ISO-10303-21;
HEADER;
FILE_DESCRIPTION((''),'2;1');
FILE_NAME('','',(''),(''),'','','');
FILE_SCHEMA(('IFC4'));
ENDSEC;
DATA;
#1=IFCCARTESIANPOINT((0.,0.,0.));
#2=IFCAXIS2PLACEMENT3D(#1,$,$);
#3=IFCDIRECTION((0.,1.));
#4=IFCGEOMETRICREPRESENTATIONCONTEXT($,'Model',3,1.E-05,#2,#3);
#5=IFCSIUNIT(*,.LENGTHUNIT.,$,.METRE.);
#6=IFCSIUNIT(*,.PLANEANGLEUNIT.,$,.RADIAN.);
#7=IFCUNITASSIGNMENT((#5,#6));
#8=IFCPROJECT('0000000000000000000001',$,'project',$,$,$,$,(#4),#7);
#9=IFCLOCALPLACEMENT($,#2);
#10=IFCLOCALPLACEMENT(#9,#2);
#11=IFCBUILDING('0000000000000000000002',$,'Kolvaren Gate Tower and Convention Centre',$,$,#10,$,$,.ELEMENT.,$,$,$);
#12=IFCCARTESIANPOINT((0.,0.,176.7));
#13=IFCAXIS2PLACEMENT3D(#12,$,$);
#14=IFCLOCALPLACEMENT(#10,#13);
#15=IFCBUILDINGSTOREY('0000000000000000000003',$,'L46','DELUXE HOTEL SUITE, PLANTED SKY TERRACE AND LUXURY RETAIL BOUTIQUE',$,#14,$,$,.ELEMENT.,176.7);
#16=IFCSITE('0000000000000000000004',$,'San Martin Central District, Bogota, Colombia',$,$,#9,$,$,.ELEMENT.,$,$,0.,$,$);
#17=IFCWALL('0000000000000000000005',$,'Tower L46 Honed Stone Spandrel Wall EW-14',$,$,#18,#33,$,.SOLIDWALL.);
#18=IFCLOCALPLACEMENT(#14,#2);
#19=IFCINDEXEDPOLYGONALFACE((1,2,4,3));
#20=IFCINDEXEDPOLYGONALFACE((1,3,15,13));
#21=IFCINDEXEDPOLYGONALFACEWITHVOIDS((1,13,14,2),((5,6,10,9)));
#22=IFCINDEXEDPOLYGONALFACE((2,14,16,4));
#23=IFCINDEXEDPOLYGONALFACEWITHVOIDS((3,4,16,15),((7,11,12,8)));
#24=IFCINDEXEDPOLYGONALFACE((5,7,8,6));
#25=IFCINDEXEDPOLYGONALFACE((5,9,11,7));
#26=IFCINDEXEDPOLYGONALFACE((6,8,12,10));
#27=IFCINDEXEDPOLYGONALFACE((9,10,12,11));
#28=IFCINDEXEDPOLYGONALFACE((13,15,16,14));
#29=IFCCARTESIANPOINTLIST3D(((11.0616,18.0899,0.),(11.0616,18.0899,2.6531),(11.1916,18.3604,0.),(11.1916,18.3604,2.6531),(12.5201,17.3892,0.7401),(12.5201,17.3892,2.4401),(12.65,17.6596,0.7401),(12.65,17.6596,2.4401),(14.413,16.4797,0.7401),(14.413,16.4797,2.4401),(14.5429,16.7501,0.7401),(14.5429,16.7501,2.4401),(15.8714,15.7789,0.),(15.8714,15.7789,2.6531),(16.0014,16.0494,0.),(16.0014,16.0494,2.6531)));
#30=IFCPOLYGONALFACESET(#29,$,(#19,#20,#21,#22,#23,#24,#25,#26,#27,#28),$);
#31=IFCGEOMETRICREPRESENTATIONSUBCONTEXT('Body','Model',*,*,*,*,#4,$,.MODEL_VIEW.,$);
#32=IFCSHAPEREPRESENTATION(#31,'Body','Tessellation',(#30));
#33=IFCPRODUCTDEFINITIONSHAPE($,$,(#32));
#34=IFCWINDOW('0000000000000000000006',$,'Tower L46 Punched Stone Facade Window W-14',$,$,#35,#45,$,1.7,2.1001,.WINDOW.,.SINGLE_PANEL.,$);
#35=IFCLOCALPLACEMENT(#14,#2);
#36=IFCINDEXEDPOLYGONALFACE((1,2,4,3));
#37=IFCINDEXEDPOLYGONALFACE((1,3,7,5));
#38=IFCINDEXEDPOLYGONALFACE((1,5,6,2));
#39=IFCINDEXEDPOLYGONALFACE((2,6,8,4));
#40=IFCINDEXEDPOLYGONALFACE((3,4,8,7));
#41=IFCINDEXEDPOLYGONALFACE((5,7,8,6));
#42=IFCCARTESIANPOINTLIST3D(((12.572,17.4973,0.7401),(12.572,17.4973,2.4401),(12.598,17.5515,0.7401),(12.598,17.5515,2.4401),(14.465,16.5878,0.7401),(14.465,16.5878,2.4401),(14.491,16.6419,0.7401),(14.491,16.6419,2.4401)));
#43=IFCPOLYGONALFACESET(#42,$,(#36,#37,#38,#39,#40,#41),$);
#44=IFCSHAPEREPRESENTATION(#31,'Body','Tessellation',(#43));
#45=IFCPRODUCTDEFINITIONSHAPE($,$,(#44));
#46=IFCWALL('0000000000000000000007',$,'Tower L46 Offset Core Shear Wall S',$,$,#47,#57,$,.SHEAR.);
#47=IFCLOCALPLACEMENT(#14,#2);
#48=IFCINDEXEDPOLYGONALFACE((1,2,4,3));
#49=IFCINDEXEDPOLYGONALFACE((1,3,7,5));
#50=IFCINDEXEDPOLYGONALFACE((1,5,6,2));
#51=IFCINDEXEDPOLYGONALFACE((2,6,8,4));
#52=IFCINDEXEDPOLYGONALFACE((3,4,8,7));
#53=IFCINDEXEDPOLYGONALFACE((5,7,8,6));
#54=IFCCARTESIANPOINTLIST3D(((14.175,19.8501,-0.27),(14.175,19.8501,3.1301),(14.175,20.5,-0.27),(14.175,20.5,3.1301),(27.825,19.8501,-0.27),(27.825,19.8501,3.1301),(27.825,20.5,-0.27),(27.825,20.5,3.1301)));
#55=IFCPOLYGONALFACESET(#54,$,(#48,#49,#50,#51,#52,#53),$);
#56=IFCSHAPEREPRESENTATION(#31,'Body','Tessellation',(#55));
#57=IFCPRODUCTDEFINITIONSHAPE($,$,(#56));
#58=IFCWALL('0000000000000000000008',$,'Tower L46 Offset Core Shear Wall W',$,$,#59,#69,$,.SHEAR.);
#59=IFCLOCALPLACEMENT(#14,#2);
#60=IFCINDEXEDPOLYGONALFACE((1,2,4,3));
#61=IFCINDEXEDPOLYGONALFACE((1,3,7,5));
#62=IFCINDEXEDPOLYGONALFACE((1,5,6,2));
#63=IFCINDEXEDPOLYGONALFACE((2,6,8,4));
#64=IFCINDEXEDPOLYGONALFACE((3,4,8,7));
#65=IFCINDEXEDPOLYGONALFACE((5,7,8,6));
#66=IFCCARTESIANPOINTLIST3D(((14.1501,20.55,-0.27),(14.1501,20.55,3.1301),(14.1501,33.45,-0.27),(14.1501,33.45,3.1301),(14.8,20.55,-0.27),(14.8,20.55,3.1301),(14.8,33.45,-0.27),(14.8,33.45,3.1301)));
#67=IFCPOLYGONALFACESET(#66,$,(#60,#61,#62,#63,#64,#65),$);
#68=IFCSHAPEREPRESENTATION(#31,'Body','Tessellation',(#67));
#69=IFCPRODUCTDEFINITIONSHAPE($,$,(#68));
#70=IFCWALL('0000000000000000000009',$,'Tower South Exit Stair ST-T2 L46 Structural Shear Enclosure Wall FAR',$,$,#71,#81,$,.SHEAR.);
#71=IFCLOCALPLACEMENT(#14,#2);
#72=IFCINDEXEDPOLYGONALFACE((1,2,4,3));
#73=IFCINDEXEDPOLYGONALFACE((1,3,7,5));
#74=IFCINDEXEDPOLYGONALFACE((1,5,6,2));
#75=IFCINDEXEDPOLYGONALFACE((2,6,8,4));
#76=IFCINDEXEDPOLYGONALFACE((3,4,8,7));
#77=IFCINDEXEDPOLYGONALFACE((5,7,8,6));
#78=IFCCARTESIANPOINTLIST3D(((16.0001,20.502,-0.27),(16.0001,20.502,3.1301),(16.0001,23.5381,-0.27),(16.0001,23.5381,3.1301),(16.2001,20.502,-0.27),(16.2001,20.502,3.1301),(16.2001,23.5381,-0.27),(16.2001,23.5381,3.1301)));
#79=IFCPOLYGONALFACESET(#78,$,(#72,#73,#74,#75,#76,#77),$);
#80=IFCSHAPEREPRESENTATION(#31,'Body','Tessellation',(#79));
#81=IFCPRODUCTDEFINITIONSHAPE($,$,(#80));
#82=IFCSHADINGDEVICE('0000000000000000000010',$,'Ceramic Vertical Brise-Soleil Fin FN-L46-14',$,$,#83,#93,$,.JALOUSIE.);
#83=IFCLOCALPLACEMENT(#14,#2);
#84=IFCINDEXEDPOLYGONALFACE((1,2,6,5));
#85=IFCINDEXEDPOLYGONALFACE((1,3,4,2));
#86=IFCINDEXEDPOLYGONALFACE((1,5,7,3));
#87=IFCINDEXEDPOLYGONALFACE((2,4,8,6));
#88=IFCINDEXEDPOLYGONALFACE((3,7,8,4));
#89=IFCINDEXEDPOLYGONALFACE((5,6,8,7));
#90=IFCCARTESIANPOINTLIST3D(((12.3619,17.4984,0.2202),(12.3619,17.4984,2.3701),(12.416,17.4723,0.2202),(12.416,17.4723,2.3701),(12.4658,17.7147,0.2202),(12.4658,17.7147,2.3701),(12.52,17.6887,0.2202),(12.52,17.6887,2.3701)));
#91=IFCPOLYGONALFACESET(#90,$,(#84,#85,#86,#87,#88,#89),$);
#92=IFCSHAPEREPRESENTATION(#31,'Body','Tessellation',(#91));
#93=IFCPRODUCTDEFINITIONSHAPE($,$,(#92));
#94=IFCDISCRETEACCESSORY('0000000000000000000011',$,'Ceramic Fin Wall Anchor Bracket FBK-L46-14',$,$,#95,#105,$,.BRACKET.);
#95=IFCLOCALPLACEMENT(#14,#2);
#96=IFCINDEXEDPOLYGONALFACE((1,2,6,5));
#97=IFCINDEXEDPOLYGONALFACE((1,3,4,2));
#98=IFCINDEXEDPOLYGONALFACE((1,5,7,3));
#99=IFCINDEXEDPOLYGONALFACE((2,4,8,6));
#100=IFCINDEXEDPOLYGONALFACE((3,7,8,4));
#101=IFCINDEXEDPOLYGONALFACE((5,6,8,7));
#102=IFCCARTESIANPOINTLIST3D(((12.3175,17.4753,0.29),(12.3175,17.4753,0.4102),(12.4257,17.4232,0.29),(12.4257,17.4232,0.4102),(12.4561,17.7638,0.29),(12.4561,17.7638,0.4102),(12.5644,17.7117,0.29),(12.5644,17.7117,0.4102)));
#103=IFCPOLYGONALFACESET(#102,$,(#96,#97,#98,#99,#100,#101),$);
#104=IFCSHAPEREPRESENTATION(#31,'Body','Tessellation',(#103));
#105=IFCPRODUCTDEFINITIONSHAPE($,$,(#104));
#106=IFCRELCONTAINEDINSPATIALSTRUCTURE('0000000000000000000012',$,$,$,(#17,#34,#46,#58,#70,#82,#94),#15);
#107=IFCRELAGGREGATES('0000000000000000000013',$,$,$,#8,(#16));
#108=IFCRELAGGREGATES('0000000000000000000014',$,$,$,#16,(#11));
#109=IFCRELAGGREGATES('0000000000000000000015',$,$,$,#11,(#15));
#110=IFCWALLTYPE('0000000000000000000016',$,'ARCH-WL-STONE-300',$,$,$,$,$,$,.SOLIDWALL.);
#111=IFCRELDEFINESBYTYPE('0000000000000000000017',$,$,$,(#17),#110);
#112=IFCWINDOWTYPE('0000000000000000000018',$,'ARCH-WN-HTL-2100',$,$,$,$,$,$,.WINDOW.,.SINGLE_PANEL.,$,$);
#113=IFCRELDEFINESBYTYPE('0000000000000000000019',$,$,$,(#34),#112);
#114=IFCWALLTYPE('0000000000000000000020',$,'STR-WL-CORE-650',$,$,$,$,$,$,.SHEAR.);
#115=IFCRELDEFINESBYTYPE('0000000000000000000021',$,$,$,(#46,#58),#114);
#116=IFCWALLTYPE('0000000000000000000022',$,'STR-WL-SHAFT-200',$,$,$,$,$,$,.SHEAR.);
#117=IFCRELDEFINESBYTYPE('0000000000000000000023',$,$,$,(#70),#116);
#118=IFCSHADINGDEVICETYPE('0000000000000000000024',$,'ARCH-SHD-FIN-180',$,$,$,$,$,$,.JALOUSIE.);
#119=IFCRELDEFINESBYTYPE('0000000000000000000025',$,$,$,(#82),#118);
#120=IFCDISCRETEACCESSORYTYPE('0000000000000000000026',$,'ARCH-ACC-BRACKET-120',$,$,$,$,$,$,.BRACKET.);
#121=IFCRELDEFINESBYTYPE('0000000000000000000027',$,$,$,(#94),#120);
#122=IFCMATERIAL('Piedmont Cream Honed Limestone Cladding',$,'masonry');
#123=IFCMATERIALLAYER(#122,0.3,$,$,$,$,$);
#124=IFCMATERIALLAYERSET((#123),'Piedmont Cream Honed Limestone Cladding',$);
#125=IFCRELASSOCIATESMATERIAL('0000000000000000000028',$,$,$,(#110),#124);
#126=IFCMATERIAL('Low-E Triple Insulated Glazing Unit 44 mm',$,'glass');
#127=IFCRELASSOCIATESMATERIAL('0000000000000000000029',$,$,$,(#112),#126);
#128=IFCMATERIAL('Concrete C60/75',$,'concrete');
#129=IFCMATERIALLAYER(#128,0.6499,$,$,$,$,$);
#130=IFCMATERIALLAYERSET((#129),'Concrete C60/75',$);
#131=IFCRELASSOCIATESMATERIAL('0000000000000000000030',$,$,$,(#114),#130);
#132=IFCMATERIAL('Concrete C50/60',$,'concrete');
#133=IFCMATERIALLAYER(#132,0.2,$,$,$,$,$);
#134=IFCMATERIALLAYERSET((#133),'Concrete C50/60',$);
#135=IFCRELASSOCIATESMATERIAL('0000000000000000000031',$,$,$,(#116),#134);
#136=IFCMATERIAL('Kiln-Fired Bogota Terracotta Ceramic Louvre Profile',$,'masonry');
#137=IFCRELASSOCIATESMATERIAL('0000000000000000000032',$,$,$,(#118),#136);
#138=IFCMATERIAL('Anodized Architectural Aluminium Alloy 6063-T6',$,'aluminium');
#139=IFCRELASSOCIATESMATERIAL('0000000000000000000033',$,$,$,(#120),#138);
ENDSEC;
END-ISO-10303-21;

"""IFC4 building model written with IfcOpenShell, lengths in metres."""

from ifc_helpers import new_model, si_unit, direction, frame, frame_2d, origin, origin_2d, place, context, subcontext, project, spatial, rectangle, extrude, material, layer, layer_set, type_object, element, fill, save


model = new_model("IFC4")

# Units and contexts
model_context = context("Model", 3, precision=1e-05, world=origin(), true_north=direction((0.0, 1.0)))
body_context = subcontext(model_context, "Body", "Model", "MODEL_VIEW")
ifc_project = project(units=[si_unit("LENGTHUNIT", "METRE"), si_unit("PLANEANGLEUNIT", "RADIAN")], contexts=[model_context])

# Site, building, storey
site_placement = place(None, origin())
site = spatial("IfcSite", under=ifc_project, at=site_placement, Name="San Martin Central District, Bogota, Colombia", CompositionType="ELEMENT", RefElevation=0.0)
building_placement = place(site_placement, origin())
building = spatial("IfcBuilding", under=site, at=building_placement, Name="Kolvaren Gate Tower and Convention Centre", CompositionType="ELEMENT")
storey_placement = place(building_placement, frame((0.0, 0.0, 176.7)))
storey = spatial("IfcBuildingStorey", under=building, at=storey_placement, Name="L46", Description="DELUXE HOTEL SUITE, PLANTED SKY TERRACE AND LUXURY RETAIL BOUTIQUE", CompositionType="ELEMENT", Elevation=176.7)

# Shared definitions
ifc_material_1 = material(Name="Concrete C60/75", Category="concrete")

# Shared definitions
ifc_material_2 = material(Name="Anodized Architectural Aluminium Alloy 6063-T6", Category="aluminium")

# Shared definitions
ifc_material_3 = material(Name="Low-E Triple Insulated Glazing Unit 44 mm", Category="glass")

# Shared definitions
ifc_material_4 = material(Name="Piedmont Cream Honed Limestone Cladding", Category="masonry")

# Shared definitions
ifc_layer_1 = layer(ifc_material_4, 0.3)
ifc_layer_set_1 = layer_set([ifc_layer_1], Name="Piedmont Cream Honed Limestone Cladding")
wall_type_1 = type_object("IfcWallType", Name="ARCH-WL-STONE-300", PredefinedType="SOLIDWALL", material=ifc_layer_set_1)

# Wall, opening, window
wall_1_placement = place(storey_placement, frame((11.1267, 18.2251, 0.0), z_axis=(0.0, 0.0, 1.0), x_axis=(0.901353, -0.433085, 0.0)))
wall_1 = element("IfcWall", 1, at=wall_1_placement, inside=storey, type_object=wall_type_1, Name="Tower L46 Honed Stone Spandrel Wall EW-14", PredefinedType="SOLIDWALL", context=body_context, shape_type="SweptSolid", body=[
    extrude(rectangle(XDim=5.3362, YDim=0.3, at=frame_2d((2.668, 0.0))), origin(), (0.0, 0.0, 1.0), 2.6531),
])
opening_1_placement = place(wall_1_placement, frame((1.6179, 0.0, 0.74)))
opening_1 = element("IfcOpeningElement", 2, at=opening_1_placement, cuts=wall_1, PredefinedType="OPENING", context=body_context, shape_type="SweptSolid", body=[
    extrude(rectangle(XDim=2.1001, YDim=1.7, at=frame_2d((1.05, 0.8501))), frame((0.0, 0.1599, 0.0), z_axis=(0.0, -1.0, 0.0), x_axis=(1.0, 0.0, 0.0)), (0.0, 0.0, 1.0), 0.3201),
])
window_type = type_object("IfcWindowType", Name="ARCH-WN-HTL-2100", PartitioningType="SINGLE_PANEL", PredefinedType="WINDOW", material=ifc_material_3)
window_placement = place(opening_1_placement, origin())
window = element("IfcWindow", 3, at=window_placement, inside=storey, type_object=window_type, Name="Tower L46 Punched Stone Facade Window W-14", OverallHeight=1.7, OverallWidth=2.1001, PartitioningType="SINGLE_PANEL", PredefinedType="WINDOW", context=body_context, shape_type="SweptSolid", body=[
    extrude(rectangle(XDim=2.1001, YDim=1.7, at=frame_2d((1.05, 0.8501))), frame((0.0, 0.03, 0.0), z_axis=(0.0, -1.0, 0.0), x_axis=(1.0, 0.0, 0.0)), (0.0, 0.0, 1.0), 0.0601),
])
fill(opening_1, window)

# Walls
ifc_layer_2 = layer(ifc_material_1, 0.6499)
ifc_layer_set_2 = layer_set([ifc_layer_2], Name="Concrete C60/75")
wall_type_2 = type_object("IfcWallType", Name="STR-WL-CORE-650", PredefinedType="SHEAR", material=ifc_layer_set_2)
wall_2_placement = place(storey_placement, frame((14.175, 20.175, -0.27), z_axis=(0.0, 0.0, 1.0), x_axis=(1.0, 0.0, 0.0)))
element("IfcWall", 4, at=wall_2_placement, inside=storey, type_object=wall_type_2, Name="Tower L46 Offset Core Shear Wall S", PredefinedType="SHEAR", context=body_context, shape_type="SweptSolid", body=[
    extrude(rectangle(XDim=13.6499, YDim=0.6499, at=frame_2d((6.825, 0.0))), origin(), (0.0, 0.0, 1.0), 3.4001),
])
wall_3_placement = place(storey_placement, frame((14.4751, 20.55, -0.27), z_axis=(0.0, 0.0, 1.0), x_axis=(0.0, 1.0, 0.0)))
element("IfcWall", 5, at=wall_3_placement, inside=storey, type_object=wall_type_2, Name="Tower L46 Offset Core Shear Wall W", PredefinedType="SHEAR", context=body_context, shape_type="SweptSolid", body=[
    extrude(rectangle(XDim=12.8999, YDim=0.6499, at=frame_2d((6.45, 0.0))), origin(), (0.0, 0.0, 1.0), 3.4001),
])
ifc_material_5 = material(Name="Concrete C50/60", Category="concrete")
ifc_layer_3 = layer(ifc_material_5, 0.2)
ifc_layer_set_3 = layer_set([ifc_layer_3], Name="Concrete C50/60")
wall_type_3 = type_object("IfcWallType", Name="STR-WL-SHAFT-200", PredefinedType="SHEAR", material=ifc_layer_set_3)
wall_4_placement = place(storey_placement, frame((16.1001, 20.502, -0.27), z_axis=(0.0, 0.0, 1.0), x_axis=(0.0, 1.0, 0.0)))
element("IfcWall", 6, at=wall_4_placement, inside=storey, type_object=wall_type_3, Name="Tower South Exit Stair ST-T2 L46 Structural Shear Enclosure Wall FAR", PredefinedType="SHEAR", context=body_context, shape_type="SweptSolid", body=[
    extrude(rectangle(XDim=3.0361, YDim=0.2, at=frame_2d((1.5181, 0.0))), origin(), (0.0, 0.0, 1.0), 3.4001),
])

# Shading device
ifc_material_6 = material(Name="Kiln-Fired Bogota Terracotta Ceramic Louvre Profile", Category="masonry")
shading_device_type = type_object("IfcShadingDeviceType", Name="ARCH-SHD-FIN-180", PredefinedType="JALOUSIE", material=ifc_material_6)
shading_device_placement = place(storey_placement, frame((12.4409, 17.5935, 0.2202), z_axis=(0.0, 0.0, 1.0), x_axis=(0.901358, -0.433074, 0.0)))
element("IfcShadingDevice", 7, at=shading_device_placement, inside=storey, type_object=shading_device_type, Name="Ceramic Vertical Brise-Soleil Fin FN-L46-14", PredefinedType="JALOUSIE", context=body_context, shape_type="SweptSolid", body=[
    extrude(rectangle(XDim=0.0601, YDim=0.24, at=origin_2d()), origin(), (0.0, 0.0, 1.0), 2.1499),
])

# Discrete accessory
discrete_accessory_type = type_object("IfcDiscreteAccessoryType", Name="ARCH-ACC-BRACKET-120", PredefinedType="BRACKET", material=ifc_material_2)
discrete_accessory_placement = place(storey_placement, frame((12.4409, 17.5935, 0.29), z_axis=(0.0, 0.0, 1.0), x_axis=(0.901358, -0.433074, 0.0)))
element("IfcDiscreteAccessory", 8, at=discrete_accessory_placement, inside=storey, type_object=discrete_accessory_type, Name="Ceramic Fin Wall Anchor Bracket FBK-L46-14", PredefinedType="BRACKET", context=body_context, shape_type="SweptSolid", body=[
    extrude(rectangle(XDim=0.1201, YDim=0.3201, at=origin_2d()), origin(), (0.0, 0.0, 1.0), 0.1201),
])

save(model, "model.ifc")
